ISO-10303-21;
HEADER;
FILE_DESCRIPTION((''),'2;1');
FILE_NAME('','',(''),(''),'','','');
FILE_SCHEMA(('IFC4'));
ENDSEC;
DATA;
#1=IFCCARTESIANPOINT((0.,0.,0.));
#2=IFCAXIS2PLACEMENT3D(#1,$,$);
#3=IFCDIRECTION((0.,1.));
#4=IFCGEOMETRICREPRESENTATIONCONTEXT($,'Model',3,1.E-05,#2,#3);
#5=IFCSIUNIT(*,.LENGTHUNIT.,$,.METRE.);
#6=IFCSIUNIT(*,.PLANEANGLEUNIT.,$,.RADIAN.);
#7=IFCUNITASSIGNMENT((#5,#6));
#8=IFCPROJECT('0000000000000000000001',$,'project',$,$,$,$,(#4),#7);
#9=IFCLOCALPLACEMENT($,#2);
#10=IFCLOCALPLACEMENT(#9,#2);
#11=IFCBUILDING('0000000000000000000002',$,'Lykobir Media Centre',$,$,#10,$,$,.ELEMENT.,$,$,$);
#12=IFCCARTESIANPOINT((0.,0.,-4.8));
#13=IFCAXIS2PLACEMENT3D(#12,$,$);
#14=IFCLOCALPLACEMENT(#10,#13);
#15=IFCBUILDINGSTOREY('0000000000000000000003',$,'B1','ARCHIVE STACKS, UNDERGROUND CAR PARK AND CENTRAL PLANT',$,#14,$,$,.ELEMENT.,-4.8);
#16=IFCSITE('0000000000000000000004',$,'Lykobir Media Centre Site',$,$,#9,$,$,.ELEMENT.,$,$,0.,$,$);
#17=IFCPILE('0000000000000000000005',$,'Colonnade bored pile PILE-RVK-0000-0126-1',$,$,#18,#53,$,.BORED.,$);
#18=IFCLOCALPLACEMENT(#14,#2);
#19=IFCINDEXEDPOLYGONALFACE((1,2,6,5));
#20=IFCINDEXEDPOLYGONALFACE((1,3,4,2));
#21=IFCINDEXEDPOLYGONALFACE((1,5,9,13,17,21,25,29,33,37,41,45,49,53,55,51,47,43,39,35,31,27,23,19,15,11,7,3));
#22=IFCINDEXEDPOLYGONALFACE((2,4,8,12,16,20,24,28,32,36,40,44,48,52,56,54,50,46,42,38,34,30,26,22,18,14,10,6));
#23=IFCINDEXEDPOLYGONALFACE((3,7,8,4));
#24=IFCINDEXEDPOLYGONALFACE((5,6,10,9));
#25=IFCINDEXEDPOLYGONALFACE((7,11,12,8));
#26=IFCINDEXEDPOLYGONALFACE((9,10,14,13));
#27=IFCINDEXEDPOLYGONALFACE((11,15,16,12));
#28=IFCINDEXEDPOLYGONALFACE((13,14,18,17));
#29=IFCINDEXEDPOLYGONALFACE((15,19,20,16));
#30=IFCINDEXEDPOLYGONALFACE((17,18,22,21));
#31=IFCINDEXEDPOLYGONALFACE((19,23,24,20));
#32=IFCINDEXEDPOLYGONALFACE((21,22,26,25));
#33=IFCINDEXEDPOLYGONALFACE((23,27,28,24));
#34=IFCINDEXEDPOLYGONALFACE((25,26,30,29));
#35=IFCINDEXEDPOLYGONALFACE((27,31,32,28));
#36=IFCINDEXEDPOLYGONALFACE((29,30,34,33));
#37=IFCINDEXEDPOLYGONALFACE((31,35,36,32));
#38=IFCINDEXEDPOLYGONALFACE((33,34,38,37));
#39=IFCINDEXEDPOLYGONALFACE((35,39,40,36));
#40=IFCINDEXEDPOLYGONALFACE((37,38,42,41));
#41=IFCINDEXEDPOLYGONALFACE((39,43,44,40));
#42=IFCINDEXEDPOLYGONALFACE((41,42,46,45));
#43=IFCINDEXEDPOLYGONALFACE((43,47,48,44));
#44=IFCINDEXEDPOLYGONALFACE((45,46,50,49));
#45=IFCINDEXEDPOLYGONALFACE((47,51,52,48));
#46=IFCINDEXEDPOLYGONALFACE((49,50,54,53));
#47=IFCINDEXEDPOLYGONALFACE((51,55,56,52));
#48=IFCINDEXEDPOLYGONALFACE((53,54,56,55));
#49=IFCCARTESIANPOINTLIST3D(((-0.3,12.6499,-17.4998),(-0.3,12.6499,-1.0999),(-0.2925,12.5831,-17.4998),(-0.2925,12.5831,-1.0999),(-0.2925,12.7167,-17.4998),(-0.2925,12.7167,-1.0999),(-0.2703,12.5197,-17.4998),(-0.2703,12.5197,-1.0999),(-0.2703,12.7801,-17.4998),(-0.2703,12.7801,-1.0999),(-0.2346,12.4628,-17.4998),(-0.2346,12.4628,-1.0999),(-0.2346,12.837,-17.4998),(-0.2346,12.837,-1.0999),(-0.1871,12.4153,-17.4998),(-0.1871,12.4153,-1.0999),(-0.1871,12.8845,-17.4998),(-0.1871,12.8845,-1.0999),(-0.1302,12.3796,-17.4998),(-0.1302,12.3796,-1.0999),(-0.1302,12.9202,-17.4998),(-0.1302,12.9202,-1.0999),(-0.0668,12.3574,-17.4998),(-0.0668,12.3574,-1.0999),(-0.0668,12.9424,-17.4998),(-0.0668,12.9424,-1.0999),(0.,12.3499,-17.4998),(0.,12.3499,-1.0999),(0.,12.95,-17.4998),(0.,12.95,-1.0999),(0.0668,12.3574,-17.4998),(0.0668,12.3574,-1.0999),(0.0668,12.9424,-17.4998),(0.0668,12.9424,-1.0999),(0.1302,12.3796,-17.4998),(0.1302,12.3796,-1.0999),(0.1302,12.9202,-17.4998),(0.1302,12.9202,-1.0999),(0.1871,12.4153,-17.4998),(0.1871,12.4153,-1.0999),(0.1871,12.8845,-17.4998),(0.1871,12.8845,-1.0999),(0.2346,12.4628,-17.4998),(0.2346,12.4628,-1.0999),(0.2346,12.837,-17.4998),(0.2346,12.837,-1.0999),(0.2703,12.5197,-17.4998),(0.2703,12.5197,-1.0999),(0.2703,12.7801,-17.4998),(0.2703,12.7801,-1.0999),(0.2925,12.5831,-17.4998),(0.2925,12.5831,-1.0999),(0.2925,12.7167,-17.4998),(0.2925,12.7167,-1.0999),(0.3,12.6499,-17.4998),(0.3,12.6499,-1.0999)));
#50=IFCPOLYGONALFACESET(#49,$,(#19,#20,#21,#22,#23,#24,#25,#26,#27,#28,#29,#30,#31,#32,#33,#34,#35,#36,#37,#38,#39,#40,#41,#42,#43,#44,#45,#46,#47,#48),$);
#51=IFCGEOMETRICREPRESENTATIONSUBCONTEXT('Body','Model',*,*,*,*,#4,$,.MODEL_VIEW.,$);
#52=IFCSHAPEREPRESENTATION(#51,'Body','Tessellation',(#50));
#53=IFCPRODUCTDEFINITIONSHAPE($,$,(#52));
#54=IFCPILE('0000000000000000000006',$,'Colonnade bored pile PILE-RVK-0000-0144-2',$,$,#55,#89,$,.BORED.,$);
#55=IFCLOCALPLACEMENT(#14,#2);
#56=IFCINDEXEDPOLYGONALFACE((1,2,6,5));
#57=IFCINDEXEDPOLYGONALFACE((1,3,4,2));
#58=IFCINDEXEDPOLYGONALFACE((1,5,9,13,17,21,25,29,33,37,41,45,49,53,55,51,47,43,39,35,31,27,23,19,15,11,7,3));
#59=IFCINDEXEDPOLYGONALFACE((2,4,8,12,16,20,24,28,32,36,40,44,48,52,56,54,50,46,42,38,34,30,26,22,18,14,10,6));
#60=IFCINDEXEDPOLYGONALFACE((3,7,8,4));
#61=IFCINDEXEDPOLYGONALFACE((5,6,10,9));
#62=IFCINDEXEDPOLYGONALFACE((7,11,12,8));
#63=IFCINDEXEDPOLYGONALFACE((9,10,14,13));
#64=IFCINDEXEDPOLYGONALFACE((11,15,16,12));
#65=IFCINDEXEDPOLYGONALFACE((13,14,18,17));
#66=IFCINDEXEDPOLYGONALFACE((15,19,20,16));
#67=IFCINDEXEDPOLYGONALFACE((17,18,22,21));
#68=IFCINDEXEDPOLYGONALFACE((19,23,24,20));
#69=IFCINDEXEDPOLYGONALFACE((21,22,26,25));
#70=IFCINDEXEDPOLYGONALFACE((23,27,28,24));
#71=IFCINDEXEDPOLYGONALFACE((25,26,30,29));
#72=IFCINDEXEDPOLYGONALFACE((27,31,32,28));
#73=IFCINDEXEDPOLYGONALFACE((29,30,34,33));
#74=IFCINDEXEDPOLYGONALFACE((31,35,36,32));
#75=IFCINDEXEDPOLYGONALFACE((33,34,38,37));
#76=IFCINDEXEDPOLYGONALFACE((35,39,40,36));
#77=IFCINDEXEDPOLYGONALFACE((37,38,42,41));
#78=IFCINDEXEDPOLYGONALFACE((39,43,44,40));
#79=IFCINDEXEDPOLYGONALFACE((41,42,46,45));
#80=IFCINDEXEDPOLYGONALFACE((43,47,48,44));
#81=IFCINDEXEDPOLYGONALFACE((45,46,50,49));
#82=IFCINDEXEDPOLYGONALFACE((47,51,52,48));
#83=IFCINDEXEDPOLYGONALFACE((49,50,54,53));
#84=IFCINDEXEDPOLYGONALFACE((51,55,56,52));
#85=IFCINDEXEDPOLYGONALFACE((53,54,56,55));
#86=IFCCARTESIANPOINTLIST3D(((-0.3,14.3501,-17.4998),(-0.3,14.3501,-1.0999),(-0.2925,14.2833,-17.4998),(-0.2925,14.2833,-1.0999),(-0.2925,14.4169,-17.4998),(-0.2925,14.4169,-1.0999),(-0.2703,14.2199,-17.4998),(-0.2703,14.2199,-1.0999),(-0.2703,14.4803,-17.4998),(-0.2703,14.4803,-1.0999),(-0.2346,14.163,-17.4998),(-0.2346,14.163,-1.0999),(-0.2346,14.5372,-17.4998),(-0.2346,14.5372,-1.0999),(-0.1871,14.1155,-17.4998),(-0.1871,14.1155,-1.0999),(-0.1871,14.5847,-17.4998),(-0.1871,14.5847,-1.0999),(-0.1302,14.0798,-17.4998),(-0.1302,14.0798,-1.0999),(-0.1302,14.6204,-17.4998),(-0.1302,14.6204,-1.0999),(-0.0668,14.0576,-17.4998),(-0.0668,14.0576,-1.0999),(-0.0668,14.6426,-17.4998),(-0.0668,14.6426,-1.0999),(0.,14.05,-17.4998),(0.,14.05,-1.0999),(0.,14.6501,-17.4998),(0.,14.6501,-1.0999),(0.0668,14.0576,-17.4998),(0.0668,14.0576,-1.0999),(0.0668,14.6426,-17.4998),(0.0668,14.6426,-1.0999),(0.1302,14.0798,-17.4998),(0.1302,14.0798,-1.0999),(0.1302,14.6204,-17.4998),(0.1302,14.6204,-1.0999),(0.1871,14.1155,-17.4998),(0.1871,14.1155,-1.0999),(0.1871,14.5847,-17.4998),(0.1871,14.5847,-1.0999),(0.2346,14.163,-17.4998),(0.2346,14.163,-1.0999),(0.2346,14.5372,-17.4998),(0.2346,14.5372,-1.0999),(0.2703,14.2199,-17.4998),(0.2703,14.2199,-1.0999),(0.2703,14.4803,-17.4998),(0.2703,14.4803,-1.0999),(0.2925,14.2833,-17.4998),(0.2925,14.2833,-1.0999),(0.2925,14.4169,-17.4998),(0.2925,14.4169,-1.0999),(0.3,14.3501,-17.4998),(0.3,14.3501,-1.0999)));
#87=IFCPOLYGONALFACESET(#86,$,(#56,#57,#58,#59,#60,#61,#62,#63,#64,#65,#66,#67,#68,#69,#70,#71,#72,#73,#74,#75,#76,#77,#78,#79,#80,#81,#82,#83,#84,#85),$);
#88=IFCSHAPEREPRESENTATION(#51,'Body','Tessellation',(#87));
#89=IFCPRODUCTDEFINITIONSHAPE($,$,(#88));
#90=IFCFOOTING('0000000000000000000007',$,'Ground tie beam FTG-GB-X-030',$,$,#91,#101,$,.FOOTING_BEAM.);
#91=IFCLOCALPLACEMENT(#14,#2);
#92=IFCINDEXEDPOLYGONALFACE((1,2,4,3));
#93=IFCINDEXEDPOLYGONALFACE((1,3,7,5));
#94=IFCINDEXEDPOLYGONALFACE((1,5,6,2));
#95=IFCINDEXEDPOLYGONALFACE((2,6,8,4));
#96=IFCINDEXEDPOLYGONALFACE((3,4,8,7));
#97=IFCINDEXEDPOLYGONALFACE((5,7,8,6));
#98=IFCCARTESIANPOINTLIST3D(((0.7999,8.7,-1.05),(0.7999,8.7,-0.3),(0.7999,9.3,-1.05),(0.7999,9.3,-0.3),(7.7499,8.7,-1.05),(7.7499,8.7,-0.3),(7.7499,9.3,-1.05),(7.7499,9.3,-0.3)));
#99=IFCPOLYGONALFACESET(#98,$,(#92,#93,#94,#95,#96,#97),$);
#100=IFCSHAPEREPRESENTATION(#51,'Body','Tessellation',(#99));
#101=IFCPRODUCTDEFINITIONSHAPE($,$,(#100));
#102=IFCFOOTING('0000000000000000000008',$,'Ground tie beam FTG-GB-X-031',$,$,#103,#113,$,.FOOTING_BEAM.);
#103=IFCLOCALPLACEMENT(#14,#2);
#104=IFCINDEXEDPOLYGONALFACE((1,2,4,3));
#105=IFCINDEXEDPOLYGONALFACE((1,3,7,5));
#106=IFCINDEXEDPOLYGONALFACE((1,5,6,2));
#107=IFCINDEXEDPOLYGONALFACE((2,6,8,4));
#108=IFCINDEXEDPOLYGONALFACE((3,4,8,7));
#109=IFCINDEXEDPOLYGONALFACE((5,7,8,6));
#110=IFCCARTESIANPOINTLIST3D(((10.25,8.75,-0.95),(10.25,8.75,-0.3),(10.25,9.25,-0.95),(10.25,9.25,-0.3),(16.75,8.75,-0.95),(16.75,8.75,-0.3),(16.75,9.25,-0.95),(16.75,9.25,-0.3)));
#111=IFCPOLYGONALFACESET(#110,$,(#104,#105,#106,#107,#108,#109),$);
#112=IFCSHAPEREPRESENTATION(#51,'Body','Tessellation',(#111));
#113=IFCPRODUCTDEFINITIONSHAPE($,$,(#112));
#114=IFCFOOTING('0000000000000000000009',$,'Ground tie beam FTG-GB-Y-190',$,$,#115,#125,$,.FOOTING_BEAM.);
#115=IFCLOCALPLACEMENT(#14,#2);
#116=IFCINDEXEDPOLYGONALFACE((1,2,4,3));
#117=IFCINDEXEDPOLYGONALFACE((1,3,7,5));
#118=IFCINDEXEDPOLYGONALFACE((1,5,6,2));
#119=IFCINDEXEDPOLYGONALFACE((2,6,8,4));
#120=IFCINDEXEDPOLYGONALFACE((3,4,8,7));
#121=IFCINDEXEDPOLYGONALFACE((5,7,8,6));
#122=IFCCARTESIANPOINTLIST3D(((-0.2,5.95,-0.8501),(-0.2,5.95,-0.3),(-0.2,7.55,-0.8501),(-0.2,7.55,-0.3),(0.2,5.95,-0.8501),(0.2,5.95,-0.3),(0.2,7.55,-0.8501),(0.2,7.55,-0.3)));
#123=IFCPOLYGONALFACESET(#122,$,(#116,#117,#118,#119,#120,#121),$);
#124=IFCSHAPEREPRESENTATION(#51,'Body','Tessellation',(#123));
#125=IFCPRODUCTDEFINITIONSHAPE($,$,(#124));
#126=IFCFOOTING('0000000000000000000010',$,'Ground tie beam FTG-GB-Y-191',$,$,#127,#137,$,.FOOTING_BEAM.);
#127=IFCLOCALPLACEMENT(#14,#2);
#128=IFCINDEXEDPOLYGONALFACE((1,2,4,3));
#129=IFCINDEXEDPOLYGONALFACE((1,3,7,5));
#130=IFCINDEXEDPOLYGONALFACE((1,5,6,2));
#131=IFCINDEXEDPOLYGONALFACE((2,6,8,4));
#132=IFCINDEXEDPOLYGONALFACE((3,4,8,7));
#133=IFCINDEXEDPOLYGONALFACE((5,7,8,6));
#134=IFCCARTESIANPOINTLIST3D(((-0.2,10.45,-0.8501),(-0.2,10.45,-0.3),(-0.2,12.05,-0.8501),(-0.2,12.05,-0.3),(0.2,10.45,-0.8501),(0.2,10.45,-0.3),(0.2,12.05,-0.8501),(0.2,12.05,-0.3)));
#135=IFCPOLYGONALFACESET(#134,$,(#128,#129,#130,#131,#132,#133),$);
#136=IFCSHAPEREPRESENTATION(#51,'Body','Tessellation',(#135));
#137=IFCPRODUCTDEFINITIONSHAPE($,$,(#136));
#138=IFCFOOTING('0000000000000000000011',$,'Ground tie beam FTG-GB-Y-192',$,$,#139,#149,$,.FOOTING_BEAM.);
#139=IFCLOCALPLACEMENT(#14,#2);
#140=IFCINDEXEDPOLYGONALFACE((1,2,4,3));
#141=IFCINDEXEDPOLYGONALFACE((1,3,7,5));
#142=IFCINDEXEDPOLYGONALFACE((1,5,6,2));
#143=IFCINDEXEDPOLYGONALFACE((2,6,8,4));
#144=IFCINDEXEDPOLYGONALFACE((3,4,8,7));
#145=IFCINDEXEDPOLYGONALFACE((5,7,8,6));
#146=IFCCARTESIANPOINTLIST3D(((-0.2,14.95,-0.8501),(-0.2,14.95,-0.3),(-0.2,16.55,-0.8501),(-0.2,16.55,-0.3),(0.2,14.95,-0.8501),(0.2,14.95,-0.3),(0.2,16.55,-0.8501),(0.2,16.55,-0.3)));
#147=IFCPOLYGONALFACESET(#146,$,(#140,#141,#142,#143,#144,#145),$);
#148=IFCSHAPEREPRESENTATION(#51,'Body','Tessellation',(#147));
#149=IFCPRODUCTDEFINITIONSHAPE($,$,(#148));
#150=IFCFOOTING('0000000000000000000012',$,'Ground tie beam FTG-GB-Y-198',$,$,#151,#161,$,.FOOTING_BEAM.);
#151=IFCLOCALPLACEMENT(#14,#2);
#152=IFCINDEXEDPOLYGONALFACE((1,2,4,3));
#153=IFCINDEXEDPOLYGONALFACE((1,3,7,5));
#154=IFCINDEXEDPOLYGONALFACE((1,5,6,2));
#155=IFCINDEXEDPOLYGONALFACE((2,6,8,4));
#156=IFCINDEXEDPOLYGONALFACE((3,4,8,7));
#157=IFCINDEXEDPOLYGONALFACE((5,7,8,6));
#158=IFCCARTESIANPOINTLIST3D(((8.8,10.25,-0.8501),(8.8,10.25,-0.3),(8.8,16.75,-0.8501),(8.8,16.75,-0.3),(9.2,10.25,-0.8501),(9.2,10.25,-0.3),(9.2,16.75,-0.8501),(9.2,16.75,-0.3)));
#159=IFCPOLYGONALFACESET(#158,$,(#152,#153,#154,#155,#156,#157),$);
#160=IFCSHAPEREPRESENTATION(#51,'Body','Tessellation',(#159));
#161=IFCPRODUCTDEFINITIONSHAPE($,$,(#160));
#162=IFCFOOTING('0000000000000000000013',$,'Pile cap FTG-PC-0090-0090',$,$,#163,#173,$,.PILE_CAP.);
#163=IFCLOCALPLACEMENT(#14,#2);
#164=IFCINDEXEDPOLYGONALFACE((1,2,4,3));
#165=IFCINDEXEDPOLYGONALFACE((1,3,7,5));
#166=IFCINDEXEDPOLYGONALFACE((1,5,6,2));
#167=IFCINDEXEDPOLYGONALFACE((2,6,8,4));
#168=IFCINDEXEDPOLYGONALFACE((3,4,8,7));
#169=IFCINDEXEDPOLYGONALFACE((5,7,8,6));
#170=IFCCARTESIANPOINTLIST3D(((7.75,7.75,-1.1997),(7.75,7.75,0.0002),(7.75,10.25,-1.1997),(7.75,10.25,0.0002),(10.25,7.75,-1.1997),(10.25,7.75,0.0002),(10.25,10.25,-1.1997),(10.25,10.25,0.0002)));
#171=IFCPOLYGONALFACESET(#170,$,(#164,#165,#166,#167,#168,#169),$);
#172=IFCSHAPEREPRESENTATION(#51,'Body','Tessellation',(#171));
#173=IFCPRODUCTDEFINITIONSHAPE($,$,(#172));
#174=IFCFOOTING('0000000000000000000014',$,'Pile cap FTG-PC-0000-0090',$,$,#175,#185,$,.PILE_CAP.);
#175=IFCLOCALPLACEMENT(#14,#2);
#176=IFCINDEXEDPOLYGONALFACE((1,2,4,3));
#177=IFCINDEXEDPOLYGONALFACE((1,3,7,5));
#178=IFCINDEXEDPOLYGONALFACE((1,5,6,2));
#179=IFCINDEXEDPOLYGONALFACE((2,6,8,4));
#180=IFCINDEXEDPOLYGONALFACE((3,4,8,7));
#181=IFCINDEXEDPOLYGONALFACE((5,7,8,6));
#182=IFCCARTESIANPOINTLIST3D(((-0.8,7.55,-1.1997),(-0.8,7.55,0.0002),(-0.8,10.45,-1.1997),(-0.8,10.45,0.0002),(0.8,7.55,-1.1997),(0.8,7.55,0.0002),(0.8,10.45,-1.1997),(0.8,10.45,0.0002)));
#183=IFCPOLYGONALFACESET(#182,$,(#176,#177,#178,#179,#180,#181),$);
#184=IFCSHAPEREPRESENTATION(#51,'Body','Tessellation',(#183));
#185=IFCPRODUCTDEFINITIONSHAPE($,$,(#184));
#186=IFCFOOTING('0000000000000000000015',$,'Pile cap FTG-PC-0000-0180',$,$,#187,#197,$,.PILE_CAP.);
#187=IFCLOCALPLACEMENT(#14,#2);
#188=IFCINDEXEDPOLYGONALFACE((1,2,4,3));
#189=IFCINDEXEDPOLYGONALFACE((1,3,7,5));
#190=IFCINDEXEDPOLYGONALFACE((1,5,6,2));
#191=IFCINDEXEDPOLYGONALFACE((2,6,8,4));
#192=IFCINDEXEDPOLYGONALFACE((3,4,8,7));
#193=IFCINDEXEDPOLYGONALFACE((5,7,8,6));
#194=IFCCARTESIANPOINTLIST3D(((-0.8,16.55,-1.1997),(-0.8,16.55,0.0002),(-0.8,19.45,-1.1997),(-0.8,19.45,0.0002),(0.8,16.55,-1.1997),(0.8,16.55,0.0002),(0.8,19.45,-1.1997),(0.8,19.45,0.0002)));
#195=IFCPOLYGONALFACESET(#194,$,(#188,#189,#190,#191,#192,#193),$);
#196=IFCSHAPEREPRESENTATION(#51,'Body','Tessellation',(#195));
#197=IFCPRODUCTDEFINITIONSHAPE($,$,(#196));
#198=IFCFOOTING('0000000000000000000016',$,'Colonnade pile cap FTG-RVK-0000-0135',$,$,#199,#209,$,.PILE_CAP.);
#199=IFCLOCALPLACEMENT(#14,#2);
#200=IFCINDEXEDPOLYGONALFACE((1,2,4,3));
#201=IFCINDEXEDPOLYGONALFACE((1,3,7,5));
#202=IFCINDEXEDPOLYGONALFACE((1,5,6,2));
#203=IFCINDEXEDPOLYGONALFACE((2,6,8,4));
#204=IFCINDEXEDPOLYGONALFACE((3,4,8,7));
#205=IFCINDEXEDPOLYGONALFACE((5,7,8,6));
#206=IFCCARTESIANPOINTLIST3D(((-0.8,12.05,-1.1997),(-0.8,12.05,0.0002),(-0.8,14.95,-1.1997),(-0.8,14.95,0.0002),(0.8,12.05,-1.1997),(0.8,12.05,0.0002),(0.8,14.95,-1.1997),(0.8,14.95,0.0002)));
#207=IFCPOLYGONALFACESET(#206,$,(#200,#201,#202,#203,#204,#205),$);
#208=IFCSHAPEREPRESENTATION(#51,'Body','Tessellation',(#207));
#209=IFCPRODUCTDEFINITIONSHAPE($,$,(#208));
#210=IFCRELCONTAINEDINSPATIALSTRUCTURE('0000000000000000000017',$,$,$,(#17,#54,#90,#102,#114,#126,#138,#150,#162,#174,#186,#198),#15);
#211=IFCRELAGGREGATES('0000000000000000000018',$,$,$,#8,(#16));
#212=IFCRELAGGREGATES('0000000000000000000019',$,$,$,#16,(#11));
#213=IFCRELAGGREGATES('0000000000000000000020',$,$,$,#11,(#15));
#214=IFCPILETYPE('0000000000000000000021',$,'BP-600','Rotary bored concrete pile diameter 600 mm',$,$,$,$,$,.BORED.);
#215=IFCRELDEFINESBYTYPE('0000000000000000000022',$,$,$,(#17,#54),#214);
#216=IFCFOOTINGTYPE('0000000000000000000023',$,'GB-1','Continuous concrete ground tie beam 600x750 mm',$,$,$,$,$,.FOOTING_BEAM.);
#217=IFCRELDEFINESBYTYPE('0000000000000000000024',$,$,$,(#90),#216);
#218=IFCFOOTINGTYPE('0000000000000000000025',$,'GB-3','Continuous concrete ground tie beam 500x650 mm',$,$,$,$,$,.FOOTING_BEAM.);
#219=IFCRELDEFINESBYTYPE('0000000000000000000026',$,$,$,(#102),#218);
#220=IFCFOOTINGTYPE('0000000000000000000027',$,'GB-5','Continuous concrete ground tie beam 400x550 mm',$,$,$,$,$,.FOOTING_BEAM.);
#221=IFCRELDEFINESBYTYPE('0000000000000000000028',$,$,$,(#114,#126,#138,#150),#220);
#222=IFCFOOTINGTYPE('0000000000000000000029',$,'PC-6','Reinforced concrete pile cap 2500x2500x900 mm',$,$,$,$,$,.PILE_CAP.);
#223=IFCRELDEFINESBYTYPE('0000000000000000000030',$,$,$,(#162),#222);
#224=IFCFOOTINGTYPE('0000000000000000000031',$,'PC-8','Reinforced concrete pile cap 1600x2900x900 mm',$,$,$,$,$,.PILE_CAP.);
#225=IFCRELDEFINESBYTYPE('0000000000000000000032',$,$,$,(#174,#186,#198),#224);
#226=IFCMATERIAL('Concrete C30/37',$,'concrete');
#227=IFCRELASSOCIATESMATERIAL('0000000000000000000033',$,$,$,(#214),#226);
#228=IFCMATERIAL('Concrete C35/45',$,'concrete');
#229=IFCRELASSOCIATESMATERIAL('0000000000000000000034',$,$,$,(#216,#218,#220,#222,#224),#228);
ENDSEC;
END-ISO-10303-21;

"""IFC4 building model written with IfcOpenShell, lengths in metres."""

from ifc_helpers import new_model, si_unit, direction, frame, origin, origin_2d, place, context, subcontext, project, spatial, rectangle, circle, extrude, material, material_profile, profile_set, type_object, element, save


model = new_model("IFC4")

# Units and contexts
model_context = context("Model", 3, precision=1e-05, world=origin(), true_north=direction((0.0, 1.0)))
body_context = subcontext(model_context, "Body", "Model", "MODEL_VIEW")
ifc_project = project(units=[si_unit("LENGTHUNIT", "METRE"), si_unit("PLANEANGLEUNIT", "RADIAN")], contexts=[model_context])

# Site, building, storey
site_placement = place(None, origin())
site = spatial("IfcSite", under=ifc_project, at=site_placement, Name="Lykobir Media Centre Site", CompositionType="ELEMENT", RefElevation=0.0)
building_placement = place(site_placement, origin())
building = spatial("IfcBuilding", under=site, at=building_placement, Name="Lykobir Media Centre", CompositionType="ELEMENT")
storey_placement = place(building_placement, frame((0.0, 0.0, -4.8)))
storey = spatial("IfcBuildingStorey", under=building, at=storey_placement, Name="B1", Description="ARCHIVE STACKS, UNDERGROUND CAR PARK AND CENTRAL PLANT", CompositionType="ELEMENT", Elevation=-4.8)

# Piles
ifc_material_1 = material(Name="Concrete C30/37", Category="concrete")
ifc_material_profile_1 = material_profile(ifc_material_1, circle(Radius=0.3, at=origin_2d()), Name="BORED PILE D600")
ifc_profile_set_1 = profile_set([ifc_material_profile_1], Name="Concrete C30/37")
pile_type = type_object("IfcPileType", Name="BP-600", Description="Rotary bored concrete pile diameter 600 mm", PredefinedType="BORED", material=ifc_profile_set_1)
for number, where, z_axis, x_axis, name in (
    (1, (0.0, 12.6499, -1.0999), (0.0, 0.0, -1.0), (1.0, 0.0, 0.0), "Colonnade bored pile PILE-RVK-0000-0126-1"),
    (2, (0.0, 14.3501, -1.0999), (0.0, 0.0, -1.0), (1.0, 0.0, 0.0), "Colonnade bored pile PILE-RVK-0000-0144-2"),
):
    element("IfcPile", number, at=place(storey_placement, frame(where, z_axis=z_axis, x_axis=x_axis)), inside=storey, type_object=pile_type, Name=name, PredefinedType="BORED", context=body_context, shape_type="SweptSolid", body=[
        extrude(circle(Radius=0.3, at=origin_2d()), origin(), (0.0, 0.0, 1.0), 16.3999),
    ])

# Footings
ifc_material_2 = material(Name="Concrete C35/45", Category="concrete")
footing_type_1 = type_object("IfcFootingType", Name="GB-1", Description="Continuous concrete ground tie beam 600x750 mm", PredefinedType="FOOTING_BEAM", material=ifc_material_2)
footing_1_placement = place(storey_placement, frame((4.2749, 9.0, -1.05), z_axis=(0.0, 0.0, 1.0), x_axis=(1.0, 0.0, 0.0)))
element("IfcFooting", 3, at=footing_1_placement, inside=storey, type_object=footing_type_1, Name="Ground tie beam FTG-GB-X-030", PredefinedType="FOOTING_BEAM", context=body_context, shape_type="SweptSolid", body=[
    extrude(rectangle(XDim=6.95, YDim=0.6001, at=origin_2d()), origin(), (0.0, 0.0, 1.0), 0.75),
])
footing_type_2 = type_object("IfcFootingType", Name="GB-3", Description="Continuous concrete ground tie beam 500x650 mm", PredefinedType="FOOTING_BEAM", material=ifc_material_2)
footing_2_placement = place(storey_placement, frame((13.5, 9.0, -0.95), z_axis=(0.0, 0.0, 1.0), x_axis=(1.0, 0.0, 0.0)))
element("IfcFooting", 4, at=footing_2_placement, inside=storey, type_object=footing_type_2, Name="Ground tie beam FTG-GB-X-031", PredefinedType="FOOTING_BEAM", context=body_context, shape_type="SweptSolid", body=[
    extrude(rectangle(XDim=6.5, YDim=0.5, at=origin_2d()), origin(), (0.0, 0.0, 1.0), 0.6499),
])
footing_type_3 = type_object("IfcFootingType", Name="GB-5", Description="Continuous concrete ground tie beam 400x550 mm", PredefinedType="FOOTING_BEAM", material=ifc_material_2)
for number, where, z_axis, x_axis, name in (
    (5, (0.0, 6.75, -0.8501), (0.0, 0.0, 1.0), (0.0, 1.0, 0.0), "Ground tie beam FTG-GB-Y-190"),
    (6, (0.0, 11.25, -0.8501), (0.0, 0.0, 1.0), (0.0, 1.0, 0.0), "Ground tie beam FTG-GB-Y-191"),
    (7, (0.0, 15.75, -0.8501), (0.0, 0.0, 1.0), (0.0, 1.0, 0.0), "Ground tie beam FTG-GB-Y-192"),
):
    element("IfcFooting", number, at=place(storey_placement, frame(where, z_axis=z_axis, x_axis=x_axis)), inside=storey, type_object=footing_type_3, Name=name, PredefinedType="FOOTING_BEAM", context=body_context, shape_type="SweptSolid", body=[
        extrude(rectangle(XDim=1.6001, YDim=0.3999, at=origin_2d()), origin(), (0.0, 0.0, 1.0), 0.55),
    ])
footing_3_placement = place(storey_placement, frame((9.0, 13.5, -0.8501), z_axis=(0.0, 0.0, 1.0), x_axis=(0.0, 1.0, 0.0)))
element("IfcFooting", 8, at=footing_3_placement, inside=storey, type_object=footing_type_3, Name="Ground tie beam FTG-GB-Y-198", PredefinedType="FOOTING_BEAM", context=body_context, shape_type="SweptSolid", body=[
    extrude(rectangle(XDim=6.5, YDim=0.3999, at=origin_2d()), origin(), (0.0, 0.0, 1.0), 0.55),
])
footing_type_4 = type_object("IfcFootingType", Name="PC-6", Description="Reinforced concrete pile cap 2500x2500x900 mm", PredefinedType="PILE_CAP", material=ifc_material_2)
footing_4_placement = place(storey_placement, frame((9.0, 9.0, -1.1997), z_axis=(0.0, 0.0, 1.0), x_axis=(1.0, 0.0, 0.0)))
element("IfcFooting", 9, at=footing_4_placement, inside=storey, type_object=footing_type_4, Name="Pile cap FTG-PC-0090-0090", PredefinedType="PILE_CAP", context=body_context, shape_type="SweptSolid", body=[
    extrude(rectangle(XDim=2.5, YDim=2.5, at=origin_2d()), origin(), (0.0, 0.0, 1.0), 1.2),
])
footing_type_5 = type_object("IfcFootingType", Name="PC-8", Description="Reinforced concrete pile cap 1600x2900x900 mm", PredefinedType="PILE_CAP", material=ifc_material_2)
for number, where, z_axis, x_axis, name in (
    (10, (0.0, 9.0, -1.1997), (0.0, 0.0, 1.0), (1.0, 0.0, 0.0), "Pile cap FTG-PC-0000-0090"),
    (11, (0.0, 18.0, -1.1997), (0.0, 0.0, 1.0), (1.0, 0.0, 0.0), "Pile cap FTG-PC-0000-0180"),
    (12, (0.0, 13.5, -1.1997), (0.0, 0.0, 1.0), (1.0, 0.0, 0.0), "Colonnade pile cap FTG-RVK-0000-0135"),
):
    element("IfcFooting", number, at=place(storey_placement, frame(where, z_axis=z_axis, x_axis=x_axis)), inside=storey, type_object=footing_type_5, Name=name, PredefinedType="PILE_CAP", context=body_context, shape_type="SweptSolid", body=[
        extrude(rectangle(XDim=1.6001, YDim=2.8999, at=origin_2d()), origin(), (0.0, 0.0, 1.0), 1.2),
    ])

save(model, "model.ifc")
